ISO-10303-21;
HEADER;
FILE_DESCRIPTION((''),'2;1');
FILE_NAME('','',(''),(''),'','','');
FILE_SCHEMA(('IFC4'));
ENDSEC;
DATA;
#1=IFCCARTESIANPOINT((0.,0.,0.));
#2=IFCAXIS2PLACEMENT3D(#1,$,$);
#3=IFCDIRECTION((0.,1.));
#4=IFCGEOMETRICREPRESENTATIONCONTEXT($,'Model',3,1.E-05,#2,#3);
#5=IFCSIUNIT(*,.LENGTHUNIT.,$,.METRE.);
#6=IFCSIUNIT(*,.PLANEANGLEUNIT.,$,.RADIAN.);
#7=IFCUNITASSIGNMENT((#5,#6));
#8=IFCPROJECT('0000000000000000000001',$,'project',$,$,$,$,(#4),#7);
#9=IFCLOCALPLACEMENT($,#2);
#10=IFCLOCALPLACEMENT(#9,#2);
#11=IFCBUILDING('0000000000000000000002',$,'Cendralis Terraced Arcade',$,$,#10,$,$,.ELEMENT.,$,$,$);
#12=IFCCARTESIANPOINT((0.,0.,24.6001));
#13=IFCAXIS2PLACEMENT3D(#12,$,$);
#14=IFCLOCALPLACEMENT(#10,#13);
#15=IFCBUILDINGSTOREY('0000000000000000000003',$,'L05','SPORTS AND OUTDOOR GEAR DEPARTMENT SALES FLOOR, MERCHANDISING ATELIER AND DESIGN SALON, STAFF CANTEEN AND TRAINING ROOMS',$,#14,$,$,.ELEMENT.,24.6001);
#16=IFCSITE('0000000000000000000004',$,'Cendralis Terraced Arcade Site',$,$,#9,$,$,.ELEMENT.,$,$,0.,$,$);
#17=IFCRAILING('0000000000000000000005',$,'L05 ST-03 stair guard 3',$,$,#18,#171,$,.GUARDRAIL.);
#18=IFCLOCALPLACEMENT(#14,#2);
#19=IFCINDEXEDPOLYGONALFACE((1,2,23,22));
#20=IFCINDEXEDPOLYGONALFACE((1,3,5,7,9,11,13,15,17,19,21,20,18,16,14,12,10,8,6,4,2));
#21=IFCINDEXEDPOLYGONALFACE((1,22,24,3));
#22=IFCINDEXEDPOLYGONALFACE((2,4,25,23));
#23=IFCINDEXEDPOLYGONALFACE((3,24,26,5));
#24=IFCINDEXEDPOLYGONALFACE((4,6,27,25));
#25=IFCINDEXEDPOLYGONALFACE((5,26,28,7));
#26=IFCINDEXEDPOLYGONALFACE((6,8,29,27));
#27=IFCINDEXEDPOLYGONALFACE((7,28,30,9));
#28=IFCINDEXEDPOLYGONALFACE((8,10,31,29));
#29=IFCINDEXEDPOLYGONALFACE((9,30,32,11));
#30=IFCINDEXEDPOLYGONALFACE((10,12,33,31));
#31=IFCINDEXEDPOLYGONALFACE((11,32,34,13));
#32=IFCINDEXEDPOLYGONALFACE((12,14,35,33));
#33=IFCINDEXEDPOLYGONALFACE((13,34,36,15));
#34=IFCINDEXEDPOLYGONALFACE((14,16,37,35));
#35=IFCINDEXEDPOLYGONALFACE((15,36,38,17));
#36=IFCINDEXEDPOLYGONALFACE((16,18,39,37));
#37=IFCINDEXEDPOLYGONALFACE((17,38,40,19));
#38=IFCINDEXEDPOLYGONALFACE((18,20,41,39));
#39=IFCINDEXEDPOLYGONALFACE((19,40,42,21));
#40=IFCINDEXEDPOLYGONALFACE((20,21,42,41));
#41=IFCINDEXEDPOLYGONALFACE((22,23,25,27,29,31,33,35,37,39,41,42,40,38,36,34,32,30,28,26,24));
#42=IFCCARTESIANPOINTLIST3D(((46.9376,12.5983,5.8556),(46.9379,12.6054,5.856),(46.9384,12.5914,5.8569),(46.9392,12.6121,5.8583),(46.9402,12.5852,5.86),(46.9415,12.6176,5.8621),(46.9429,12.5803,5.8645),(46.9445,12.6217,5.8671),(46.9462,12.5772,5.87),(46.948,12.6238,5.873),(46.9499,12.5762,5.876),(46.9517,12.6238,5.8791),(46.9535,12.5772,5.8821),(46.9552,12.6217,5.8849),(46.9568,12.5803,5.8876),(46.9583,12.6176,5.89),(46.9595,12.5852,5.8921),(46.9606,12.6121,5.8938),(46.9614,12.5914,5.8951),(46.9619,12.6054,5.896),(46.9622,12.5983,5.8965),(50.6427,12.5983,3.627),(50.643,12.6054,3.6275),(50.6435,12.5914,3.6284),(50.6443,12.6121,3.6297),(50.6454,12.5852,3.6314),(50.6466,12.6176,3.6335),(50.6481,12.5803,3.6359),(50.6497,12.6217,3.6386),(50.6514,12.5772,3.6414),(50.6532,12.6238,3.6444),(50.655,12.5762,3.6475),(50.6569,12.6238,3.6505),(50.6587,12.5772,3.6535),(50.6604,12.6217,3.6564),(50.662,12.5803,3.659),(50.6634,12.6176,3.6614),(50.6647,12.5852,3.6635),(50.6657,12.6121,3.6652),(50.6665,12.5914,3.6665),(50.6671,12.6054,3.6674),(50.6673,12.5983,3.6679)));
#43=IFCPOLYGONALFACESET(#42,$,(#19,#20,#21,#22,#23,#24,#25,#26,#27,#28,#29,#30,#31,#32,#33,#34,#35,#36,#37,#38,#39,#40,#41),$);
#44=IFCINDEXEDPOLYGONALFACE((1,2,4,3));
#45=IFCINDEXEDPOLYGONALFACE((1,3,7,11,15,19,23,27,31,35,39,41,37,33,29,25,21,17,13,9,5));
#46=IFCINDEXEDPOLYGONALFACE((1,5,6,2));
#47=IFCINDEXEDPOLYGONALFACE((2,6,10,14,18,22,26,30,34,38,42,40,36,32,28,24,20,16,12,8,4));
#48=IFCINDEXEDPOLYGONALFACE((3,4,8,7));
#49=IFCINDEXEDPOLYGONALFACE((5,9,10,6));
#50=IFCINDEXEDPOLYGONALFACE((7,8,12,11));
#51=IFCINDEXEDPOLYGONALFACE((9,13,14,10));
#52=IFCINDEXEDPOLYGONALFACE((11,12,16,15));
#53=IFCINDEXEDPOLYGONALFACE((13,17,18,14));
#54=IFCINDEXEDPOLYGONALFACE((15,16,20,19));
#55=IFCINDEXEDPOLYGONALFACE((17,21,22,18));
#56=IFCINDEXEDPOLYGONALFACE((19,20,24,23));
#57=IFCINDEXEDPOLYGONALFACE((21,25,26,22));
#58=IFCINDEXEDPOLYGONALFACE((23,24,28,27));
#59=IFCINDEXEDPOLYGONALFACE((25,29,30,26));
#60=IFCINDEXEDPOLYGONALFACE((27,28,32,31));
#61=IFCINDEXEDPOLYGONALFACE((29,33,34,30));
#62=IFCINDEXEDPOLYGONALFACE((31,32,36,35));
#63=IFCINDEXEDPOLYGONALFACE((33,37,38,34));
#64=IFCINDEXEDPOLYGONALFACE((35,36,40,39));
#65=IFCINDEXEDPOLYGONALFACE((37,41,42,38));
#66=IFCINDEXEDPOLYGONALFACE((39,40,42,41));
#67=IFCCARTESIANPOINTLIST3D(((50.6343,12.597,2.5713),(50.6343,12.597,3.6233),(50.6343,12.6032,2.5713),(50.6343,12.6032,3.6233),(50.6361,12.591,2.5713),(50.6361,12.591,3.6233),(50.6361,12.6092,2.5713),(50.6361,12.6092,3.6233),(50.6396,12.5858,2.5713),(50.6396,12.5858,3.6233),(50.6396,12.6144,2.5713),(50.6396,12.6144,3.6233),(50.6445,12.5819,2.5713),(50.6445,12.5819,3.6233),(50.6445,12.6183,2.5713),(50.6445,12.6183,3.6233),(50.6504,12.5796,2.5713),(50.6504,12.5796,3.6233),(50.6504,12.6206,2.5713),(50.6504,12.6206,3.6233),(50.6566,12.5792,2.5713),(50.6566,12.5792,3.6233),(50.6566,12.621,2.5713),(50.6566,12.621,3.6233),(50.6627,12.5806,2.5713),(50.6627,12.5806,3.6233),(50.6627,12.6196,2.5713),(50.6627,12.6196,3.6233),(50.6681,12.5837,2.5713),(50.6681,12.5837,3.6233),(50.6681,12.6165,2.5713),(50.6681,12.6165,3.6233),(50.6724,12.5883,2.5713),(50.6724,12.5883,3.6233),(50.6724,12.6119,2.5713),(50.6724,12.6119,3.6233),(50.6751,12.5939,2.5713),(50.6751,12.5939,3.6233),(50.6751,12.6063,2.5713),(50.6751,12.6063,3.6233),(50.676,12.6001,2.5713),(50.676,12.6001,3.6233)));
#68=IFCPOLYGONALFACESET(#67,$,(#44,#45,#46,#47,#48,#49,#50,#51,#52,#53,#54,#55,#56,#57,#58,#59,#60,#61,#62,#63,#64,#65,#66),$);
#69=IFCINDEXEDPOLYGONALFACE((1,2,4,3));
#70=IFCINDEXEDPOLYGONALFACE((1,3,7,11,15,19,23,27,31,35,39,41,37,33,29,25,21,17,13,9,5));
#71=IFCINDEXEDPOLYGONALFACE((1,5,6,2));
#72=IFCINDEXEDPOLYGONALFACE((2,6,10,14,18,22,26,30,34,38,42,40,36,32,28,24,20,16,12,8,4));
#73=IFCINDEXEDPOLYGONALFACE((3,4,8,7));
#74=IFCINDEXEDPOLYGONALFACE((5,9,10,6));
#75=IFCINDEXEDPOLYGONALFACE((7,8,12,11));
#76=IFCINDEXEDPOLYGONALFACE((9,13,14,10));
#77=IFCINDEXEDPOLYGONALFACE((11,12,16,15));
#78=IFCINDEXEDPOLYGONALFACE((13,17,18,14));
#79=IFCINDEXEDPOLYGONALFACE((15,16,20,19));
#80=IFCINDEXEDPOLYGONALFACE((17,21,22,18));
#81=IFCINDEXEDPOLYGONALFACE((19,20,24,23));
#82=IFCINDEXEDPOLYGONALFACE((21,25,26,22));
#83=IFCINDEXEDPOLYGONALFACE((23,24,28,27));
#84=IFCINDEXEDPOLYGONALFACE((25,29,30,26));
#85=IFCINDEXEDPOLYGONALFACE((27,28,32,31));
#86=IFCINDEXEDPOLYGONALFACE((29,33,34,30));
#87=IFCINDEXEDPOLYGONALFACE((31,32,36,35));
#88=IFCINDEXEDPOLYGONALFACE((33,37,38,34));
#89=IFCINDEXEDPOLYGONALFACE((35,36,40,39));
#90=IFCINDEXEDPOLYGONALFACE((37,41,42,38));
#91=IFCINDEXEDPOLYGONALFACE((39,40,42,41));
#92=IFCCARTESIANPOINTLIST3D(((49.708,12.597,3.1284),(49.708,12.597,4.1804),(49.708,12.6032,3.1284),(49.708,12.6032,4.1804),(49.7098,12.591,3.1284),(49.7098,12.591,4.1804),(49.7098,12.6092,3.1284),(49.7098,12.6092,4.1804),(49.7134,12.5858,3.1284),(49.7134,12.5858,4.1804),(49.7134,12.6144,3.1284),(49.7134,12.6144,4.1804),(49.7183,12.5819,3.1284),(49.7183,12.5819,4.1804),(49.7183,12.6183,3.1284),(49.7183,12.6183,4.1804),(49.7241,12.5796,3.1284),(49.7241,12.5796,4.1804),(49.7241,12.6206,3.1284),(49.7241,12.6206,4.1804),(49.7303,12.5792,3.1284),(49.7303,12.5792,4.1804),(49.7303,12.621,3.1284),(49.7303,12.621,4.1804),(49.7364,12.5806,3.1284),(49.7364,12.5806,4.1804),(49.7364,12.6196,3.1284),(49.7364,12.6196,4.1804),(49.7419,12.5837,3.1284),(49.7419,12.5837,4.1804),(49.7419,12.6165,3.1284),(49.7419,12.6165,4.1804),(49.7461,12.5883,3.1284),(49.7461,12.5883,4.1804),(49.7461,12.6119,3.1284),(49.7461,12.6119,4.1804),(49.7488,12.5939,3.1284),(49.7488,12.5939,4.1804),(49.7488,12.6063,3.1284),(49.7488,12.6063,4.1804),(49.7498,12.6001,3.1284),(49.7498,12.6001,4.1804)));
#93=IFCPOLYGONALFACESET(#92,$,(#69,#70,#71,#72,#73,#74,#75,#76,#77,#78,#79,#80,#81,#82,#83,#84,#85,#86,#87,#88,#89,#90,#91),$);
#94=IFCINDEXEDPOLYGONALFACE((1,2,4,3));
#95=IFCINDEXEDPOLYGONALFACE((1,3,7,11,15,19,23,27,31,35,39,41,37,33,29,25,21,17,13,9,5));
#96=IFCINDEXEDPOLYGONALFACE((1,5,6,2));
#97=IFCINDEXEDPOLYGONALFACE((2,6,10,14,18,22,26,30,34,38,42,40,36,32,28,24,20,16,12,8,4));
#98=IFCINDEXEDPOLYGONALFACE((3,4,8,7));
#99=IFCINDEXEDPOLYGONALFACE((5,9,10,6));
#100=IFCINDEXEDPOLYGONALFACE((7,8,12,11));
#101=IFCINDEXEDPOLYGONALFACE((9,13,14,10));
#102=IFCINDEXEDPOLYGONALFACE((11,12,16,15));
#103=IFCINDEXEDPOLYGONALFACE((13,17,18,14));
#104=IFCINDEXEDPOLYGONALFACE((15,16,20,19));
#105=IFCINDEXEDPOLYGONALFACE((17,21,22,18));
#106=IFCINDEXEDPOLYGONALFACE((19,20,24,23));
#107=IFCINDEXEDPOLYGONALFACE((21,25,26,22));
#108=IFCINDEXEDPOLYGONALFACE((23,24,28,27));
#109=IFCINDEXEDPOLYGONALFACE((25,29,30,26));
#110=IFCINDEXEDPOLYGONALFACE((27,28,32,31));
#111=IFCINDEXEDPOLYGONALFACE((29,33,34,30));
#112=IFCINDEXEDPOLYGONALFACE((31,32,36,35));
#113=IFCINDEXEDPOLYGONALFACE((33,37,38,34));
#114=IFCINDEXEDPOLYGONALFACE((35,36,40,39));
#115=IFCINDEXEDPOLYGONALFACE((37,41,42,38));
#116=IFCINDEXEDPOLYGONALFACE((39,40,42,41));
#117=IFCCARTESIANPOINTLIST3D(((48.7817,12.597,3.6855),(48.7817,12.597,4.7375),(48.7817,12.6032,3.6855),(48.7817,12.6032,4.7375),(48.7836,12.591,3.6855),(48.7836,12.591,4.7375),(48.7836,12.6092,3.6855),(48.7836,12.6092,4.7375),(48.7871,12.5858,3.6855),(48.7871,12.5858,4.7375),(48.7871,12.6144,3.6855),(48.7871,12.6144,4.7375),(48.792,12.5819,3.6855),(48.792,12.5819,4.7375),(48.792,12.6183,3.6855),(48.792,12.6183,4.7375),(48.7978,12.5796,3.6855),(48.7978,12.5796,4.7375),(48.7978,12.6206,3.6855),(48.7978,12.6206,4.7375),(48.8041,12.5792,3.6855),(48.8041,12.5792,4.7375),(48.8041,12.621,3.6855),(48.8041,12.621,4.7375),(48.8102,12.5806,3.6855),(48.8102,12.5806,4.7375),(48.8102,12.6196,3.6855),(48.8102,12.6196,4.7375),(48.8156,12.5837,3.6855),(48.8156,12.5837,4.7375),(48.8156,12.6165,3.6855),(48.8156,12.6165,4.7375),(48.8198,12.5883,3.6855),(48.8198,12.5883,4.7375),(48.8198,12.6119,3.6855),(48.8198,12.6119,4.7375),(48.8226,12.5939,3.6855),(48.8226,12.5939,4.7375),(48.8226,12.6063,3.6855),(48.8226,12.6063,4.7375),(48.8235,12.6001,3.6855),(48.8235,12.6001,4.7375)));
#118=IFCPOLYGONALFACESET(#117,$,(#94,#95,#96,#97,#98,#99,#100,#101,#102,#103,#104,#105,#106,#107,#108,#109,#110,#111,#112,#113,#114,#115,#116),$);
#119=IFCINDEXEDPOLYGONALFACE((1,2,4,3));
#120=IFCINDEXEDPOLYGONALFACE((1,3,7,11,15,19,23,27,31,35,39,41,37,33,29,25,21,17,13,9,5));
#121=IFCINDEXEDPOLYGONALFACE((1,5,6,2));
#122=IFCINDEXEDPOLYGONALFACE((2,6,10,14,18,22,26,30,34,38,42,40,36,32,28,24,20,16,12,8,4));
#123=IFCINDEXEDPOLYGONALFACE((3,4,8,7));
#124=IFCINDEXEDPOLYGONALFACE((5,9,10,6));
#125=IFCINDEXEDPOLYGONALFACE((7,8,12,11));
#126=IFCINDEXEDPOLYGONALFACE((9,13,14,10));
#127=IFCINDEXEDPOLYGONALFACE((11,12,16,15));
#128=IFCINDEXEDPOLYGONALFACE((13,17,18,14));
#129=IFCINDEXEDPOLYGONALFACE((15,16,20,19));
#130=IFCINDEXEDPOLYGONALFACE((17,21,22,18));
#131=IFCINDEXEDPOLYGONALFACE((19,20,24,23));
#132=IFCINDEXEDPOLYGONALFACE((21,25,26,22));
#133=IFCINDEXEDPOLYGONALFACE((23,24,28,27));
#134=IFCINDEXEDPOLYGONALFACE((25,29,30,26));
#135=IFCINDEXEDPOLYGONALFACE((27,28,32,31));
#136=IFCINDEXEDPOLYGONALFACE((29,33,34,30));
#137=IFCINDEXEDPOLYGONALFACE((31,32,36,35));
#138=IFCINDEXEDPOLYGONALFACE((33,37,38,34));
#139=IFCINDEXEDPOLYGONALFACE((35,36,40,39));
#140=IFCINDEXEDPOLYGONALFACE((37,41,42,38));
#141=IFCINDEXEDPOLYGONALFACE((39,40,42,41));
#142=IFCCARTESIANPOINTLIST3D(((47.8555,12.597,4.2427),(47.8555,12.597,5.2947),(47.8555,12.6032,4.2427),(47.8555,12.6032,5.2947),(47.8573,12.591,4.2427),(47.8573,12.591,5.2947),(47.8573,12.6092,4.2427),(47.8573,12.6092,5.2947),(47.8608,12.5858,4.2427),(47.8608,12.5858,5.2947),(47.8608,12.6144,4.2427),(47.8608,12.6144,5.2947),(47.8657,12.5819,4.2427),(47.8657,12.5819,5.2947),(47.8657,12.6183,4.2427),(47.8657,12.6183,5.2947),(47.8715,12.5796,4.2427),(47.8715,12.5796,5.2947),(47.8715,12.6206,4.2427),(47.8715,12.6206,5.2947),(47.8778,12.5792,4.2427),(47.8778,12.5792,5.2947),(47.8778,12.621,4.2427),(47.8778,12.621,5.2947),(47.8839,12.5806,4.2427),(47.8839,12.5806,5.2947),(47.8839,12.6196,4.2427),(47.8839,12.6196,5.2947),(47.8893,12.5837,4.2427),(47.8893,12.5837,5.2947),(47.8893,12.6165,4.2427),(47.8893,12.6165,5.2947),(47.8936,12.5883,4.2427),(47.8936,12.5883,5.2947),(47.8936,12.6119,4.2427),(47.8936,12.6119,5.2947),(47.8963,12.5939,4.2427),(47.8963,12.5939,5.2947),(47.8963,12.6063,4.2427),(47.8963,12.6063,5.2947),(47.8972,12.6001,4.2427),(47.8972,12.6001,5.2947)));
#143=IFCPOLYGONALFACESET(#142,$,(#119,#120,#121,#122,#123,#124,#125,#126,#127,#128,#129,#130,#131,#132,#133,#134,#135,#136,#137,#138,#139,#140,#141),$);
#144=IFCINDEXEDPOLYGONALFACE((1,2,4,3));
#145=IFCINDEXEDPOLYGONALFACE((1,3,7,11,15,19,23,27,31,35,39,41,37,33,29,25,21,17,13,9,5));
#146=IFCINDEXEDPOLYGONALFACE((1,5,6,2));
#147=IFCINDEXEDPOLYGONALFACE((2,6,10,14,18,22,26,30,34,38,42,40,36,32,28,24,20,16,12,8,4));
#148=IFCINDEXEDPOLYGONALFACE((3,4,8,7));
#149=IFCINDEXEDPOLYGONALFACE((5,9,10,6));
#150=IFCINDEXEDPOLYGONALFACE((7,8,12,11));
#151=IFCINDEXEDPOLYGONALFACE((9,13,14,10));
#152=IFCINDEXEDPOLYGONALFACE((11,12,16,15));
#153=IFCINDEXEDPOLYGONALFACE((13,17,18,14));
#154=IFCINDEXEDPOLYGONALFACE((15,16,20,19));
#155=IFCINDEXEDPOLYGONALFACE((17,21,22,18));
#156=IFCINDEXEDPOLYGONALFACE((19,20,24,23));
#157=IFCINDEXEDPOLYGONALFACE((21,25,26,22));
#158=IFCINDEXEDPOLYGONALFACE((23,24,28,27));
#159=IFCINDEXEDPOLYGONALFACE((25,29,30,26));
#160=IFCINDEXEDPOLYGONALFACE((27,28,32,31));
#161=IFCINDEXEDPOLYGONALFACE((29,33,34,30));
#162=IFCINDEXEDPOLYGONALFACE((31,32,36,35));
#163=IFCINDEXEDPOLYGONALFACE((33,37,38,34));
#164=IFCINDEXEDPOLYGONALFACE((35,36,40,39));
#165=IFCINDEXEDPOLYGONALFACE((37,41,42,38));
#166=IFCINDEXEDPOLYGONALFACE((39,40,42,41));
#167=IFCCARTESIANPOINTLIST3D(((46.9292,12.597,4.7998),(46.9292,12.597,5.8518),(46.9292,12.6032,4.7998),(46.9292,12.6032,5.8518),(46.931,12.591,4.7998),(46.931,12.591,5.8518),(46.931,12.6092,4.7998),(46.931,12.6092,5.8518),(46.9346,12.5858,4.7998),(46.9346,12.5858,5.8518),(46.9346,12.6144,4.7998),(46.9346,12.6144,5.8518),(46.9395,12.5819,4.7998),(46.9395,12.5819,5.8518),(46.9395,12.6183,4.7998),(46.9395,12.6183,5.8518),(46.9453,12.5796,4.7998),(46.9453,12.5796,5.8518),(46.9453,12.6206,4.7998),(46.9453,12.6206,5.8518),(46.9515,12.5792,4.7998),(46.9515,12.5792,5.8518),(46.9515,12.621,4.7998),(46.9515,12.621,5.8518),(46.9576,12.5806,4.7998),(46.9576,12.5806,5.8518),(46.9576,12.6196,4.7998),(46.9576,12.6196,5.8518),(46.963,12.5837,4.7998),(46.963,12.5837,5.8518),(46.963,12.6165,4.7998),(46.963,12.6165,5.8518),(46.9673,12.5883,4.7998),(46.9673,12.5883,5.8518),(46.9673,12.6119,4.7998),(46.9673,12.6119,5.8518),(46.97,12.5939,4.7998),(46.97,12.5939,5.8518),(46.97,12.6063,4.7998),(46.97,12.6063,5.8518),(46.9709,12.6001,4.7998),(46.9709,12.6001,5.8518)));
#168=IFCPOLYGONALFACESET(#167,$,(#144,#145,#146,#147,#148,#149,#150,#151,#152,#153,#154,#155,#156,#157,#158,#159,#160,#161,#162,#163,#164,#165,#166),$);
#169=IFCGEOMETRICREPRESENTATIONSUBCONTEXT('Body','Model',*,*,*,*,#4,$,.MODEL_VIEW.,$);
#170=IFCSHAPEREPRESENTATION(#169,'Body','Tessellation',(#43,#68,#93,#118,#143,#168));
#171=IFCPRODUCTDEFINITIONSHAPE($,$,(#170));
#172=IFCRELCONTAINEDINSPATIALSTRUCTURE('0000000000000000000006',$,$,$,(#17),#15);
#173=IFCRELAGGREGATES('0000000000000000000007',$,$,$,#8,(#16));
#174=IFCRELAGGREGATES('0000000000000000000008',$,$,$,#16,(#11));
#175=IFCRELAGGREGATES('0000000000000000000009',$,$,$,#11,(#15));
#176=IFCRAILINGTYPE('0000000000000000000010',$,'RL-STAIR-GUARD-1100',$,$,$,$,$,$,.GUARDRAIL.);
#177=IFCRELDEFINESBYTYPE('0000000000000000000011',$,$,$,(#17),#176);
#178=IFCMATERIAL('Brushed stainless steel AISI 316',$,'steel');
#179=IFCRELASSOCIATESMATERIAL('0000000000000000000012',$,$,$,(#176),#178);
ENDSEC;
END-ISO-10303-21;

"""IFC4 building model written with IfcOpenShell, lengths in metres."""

from ifc_helpers import new_model, si_unit, direction, frame, origin, origin_2d, place, context, subcontext, project, spatial, circle, extrude, material, type_object, element, save


model = new_model("IFC4")

# Units and contexts
model_context = context("Model", 3, precision=1e-05, world=origin(), true_north=direction((0.0, 1.0)))
body_context = subcontext(model_context, "Body", "Model", "MODEL_VIEW")
ifc_project = project(units=[si_unit("LENGTHUNIT", "METRE"), si_unit("PLANEANGLEUNIT", "RADIAN")], contexts=[model_context])

# Site, building, storey
site_placement = place(None, origin())
site = spatial("IfcSite", under=ifc_project, at=site_placement, Name="Cendralis Terraced Arcade Site", CompositionType="ELEMENT", RefElevation=0.0)
building_placement = place(site_placement, origin())
building = spatial("IfcBuilding", under=site, at=building_placement, Name="Cendralis Terraced Arcade", CompositionType="ELEMENT")
storey_placement = place(building_placement, frame((0.0, 0.0, 24.6001)))
storey = spatial("IfcBuildingStorey", under=building, at=storey_placement, Name="L05", Description="SPORTS AND OUTDOOR GEAR DEPARTMENT SALES FLOOR, MERCHANDISING ATELIER AND DESIGN SALON, STAFF CANTEEN AND TRAINING ROOMS", CompositionType="ELEMENT", Elevation=24.6001)

# Railing
ifc_material_1 = material(Name="Brushed stainless steel AISI 316", Category="steel")
railing_type_1 = type_object("IfcRailingType", Name="RL-STAIR-GUARD-1100", PredefinedType="GUARDRAIL", material=ifc_material_1)
railing_1_placement = place(storey_placement, frame((50.655, 12.6001, 2.5713)))
element("IfcRailing", 1, at=railing_1_placement, inside=storey, type_object=railing_type_1, Name="L05 ST-03 stair guard 3", PredefinedType="GUARDRAIL", context=body_context, shape_type="SweptSolid", body=[
    extrude(circle(Radius=0.0239, at=origin_2d()), frame((0.0, 0.0, 1.0762), z_axis=(-0.856934, 0.0, 0.515425), x_axis=(0.0, -1.0, 0.0)), (0.0, 0.0, 1.0), 4.3237),
    extrude(circle(Radius=0.021, at=origin_2d()), origin(), (0.0, 0.0, 1.0), 1.052),
    extrude(circle(Radius=0.021, at=origin_2d()), frame((-0.9263, 0.0, 0.5571)), (0.0, 0.0, 1.0), 1.052),
    extrude(circle(Radius=0.021, at=origin_2d()), frame((-1.8525, 0.0, 1.1143)), (0.0, 0.0, 1.0), 1.052),
    extrude(circle(Radius=0.021, at=origin_2d()), frame((-2.7788, 0.0, 1.6714)), (0.0, 0.0, 1.0), 1.052),
    extrude(circle(Radius=0.021, at=origin_2d()), frame((-3.7051, 0.0, 2.2285)), (0.0, 0.0, 1.0), 1.052),
])

save(model, "model.ifc")
